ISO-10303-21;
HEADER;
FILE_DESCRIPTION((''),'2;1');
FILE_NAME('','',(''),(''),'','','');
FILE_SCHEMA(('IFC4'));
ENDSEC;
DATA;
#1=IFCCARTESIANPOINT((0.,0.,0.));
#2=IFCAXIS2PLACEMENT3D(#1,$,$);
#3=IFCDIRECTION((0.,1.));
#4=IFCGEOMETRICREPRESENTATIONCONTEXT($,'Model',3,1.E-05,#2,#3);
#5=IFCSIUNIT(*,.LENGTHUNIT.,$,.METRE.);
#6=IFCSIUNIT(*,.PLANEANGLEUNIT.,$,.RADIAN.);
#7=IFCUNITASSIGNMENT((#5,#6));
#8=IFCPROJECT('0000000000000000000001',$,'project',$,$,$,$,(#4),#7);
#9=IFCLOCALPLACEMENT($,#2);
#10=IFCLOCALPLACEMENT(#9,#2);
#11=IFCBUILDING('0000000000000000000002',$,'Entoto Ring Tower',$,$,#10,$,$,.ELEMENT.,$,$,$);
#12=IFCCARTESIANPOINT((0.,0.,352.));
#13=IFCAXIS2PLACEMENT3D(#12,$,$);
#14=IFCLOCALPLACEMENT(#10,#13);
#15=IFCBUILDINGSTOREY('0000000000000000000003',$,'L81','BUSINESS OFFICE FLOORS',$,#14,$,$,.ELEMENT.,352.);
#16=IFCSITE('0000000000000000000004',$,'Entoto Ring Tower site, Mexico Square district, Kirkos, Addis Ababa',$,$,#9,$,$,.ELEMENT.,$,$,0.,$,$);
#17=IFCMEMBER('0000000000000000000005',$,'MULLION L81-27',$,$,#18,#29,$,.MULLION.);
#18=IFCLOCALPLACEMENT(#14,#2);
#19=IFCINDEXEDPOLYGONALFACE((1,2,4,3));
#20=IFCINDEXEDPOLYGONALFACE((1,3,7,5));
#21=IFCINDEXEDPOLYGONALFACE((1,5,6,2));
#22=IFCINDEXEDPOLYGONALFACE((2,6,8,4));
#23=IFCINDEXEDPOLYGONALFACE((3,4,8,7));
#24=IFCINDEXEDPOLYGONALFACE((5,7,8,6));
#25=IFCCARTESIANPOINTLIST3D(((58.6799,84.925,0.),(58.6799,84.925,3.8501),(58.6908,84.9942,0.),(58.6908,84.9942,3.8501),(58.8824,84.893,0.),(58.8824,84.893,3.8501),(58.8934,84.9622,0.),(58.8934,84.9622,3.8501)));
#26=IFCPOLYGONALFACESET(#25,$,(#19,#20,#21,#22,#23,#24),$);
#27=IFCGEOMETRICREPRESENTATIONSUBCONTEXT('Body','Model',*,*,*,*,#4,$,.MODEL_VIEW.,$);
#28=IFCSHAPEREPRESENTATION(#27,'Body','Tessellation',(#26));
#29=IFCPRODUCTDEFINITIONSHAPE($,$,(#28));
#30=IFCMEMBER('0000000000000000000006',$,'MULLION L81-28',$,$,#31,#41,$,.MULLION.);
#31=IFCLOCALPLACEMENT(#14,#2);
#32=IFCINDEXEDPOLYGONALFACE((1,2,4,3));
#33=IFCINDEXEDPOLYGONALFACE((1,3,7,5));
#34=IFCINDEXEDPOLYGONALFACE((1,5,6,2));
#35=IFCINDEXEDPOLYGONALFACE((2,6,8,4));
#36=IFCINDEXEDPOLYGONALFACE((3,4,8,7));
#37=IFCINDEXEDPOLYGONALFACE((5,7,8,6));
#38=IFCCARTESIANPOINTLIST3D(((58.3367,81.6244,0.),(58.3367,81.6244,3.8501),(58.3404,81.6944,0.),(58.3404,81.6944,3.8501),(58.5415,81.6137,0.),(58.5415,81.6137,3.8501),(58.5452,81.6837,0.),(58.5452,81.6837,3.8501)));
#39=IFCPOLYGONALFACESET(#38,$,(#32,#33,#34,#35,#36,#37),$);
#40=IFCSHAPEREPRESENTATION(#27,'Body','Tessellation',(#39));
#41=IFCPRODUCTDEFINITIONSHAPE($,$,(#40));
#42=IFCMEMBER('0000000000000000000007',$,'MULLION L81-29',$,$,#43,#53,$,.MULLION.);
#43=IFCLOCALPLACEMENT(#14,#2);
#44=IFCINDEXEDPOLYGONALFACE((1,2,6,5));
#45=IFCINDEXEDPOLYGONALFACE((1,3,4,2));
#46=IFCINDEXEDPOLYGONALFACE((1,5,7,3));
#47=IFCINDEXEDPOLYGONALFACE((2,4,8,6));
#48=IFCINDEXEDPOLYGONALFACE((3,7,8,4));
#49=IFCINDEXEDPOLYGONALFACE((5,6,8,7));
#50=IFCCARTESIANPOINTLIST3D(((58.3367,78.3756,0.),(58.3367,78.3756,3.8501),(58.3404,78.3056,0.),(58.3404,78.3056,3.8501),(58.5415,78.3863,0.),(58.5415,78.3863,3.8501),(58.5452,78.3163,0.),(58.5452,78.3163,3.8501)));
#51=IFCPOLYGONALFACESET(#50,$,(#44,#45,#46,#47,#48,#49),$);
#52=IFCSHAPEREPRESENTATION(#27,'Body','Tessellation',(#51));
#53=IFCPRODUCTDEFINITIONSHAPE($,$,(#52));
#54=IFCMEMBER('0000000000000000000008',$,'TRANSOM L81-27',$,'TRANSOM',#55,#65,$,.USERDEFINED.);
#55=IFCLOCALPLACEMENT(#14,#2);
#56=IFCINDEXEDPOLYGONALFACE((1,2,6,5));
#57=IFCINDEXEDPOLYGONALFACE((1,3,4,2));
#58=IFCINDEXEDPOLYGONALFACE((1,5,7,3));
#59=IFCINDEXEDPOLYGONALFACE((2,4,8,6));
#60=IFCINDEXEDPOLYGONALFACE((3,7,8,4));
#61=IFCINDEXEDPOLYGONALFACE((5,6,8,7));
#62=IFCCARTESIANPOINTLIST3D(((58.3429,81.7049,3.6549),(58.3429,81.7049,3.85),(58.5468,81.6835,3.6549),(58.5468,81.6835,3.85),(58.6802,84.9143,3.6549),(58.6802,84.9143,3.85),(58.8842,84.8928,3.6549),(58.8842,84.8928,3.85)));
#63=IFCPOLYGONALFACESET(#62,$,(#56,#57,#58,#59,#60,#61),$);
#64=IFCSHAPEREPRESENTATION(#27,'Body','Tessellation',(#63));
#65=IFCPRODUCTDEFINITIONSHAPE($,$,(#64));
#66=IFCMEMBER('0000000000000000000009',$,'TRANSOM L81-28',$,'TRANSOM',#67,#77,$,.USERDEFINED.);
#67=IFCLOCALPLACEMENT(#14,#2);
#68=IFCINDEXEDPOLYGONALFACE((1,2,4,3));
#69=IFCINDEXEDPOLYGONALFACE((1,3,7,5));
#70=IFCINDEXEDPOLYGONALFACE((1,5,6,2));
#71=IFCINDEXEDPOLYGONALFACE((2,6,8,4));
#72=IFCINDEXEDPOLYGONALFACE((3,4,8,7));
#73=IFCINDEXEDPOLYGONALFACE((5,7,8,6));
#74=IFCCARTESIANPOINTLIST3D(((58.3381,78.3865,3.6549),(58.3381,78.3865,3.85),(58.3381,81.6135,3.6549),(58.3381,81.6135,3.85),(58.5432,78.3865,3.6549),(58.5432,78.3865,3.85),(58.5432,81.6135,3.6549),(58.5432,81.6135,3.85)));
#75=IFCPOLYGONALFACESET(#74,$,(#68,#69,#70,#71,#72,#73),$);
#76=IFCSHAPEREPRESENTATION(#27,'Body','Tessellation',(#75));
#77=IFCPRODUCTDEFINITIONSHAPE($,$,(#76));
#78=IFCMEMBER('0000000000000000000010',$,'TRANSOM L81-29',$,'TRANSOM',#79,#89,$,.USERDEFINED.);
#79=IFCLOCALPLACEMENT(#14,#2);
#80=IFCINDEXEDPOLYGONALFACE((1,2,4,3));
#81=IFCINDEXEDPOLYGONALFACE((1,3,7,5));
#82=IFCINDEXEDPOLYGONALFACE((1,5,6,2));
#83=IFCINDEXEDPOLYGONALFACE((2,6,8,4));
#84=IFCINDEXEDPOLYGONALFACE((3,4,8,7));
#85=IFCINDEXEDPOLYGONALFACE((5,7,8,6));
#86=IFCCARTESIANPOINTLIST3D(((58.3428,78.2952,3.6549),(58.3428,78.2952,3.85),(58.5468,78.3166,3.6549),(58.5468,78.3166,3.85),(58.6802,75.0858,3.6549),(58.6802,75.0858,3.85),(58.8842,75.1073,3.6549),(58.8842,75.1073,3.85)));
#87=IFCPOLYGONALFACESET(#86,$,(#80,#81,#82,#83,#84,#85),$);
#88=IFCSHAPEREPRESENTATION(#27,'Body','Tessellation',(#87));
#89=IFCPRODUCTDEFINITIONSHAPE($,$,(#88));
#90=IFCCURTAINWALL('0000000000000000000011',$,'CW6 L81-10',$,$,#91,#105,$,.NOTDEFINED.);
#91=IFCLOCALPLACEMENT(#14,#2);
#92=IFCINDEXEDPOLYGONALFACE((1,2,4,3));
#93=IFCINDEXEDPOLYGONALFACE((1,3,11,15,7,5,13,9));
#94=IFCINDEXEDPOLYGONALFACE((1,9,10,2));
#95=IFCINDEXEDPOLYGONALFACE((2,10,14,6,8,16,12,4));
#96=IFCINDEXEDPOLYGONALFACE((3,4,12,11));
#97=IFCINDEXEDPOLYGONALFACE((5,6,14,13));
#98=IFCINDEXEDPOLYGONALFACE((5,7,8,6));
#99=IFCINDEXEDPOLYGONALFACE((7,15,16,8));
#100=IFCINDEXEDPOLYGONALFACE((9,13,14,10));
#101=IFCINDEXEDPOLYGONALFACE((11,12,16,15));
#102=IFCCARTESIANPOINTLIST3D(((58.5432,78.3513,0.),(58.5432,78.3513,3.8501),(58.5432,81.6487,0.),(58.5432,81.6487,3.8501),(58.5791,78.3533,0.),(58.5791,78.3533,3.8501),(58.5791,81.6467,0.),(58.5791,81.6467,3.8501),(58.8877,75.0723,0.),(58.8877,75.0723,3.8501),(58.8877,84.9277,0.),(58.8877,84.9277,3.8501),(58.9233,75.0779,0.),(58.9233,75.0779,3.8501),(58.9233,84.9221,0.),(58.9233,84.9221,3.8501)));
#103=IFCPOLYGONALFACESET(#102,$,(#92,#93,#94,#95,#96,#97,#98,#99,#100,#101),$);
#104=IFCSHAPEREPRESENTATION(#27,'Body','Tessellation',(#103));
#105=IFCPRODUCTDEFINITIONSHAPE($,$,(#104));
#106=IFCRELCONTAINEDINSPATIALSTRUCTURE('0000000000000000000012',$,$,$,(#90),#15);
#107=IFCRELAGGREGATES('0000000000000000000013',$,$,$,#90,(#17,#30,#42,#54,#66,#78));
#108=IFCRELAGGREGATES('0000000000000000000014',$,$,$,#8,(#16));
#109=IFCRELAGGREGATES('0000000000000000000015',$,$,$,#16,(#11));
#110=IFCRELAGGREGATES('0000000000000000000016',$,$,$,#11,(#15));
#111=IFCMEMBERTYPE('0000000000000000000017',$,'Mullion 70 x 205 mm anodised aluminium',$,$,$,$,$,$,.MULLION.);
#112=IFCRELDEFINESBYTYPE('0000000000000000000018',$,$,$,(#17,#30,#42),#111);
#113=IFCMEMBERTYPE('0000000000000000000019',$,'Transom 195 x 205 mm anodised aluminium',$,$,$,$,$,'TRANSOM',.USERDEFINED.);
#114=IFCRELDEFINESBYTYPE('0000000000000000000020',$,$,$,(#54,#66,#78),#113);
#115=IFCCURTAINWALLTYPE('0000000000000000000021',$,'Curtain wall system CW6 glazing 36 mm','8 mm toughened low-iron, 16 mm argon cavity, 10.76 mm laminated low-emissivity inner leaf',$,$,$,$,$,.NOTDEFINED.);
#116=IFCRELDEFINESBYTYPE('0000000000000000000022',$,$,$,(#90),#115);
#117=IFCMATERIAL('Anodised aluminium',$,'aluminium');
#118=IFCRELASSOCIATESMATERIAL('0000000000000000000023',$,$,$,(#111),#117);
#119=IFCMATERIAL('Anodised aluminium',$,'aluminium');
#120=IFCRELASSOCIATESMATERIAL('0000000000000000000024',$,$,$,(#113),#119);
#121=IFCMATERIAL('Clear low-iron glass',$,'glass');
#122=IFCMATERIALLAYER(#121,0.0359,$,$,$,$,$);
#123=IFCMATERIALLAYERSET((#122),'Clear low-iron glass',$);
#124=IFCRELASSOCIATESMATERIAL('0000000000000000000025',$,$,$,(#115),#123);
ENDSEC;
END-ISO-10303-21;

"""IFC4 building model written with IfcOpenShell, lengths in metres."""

from ifc_helpers import new_model, si_unit, direction, frame, origin, origin_2d, place, context, subcontext, project, spatial, polyline, rectangle, outline, extrude, material, layer, layer_set, material_profile, profile_set, type_object, element, aggregate, save


model = new_model("IFC4")

# Units and contexts
model_context = context("Model", 3, precision=1e-05, world=origin(), true_north=direction((0.0, 1.0)))
body_context = subcontext(model_context, "Body", "Model", "MODEL_VIEW")
ifc_project = project(units=[si_unit("LENGTHUNIT", "METRE"), si_unit("PLANEANGLEUNIT", "RADIAN")], contexts=[model_context])

# Members
ifc_material_1 = material(Name="Anodised aluminium", Category="aluminium")
ifc_material_profile_1 = material_profile(ifc_material_1, rectangle(XDim=0.0701, YDim=0.2051, at=origin_2d()), Name="Mullion 70 x 205 mm anodised aluminium")
ifc_profile_set_1 = profile_set([ifc_material_profile_1], Name="Anodised aluminium")
member_type_1 = type_object("IfcMemberType", Name="Mullion 70 x 205 mm anodised aluminium", PredefinedType="MULLION", material=ifc_profile_set_1)
site_placement = place(None, origin())
building_placement = place(site_placement, origin())
storey_placement = place(building_placement, frame((0.0, 0.0, 352.0)))
member_1_placement = place(storey_placement, frame((58.7866, 84.9436, 0.0), z_axis=(0.0, 0.0, 1.0), x_axis=(-0.156434, -0.987688, 0.0)))
member_1 = element("IfcMember", 1, at=member_1_placement, type_object=member_type_1, Name="MULLION L81-27", PredefinedType="MULLION", context=body_context, shape_type="SweptSolid", body=[
    extrude(rectangle(XDim=0.0701, YDim=0.2051, at=origin_2d()), origin(), (0.0, 0.0, 1.0), 3.8501),
])
member_2_placement = place(storey_placement, frame((58.4409, 81.6541, 0.0), z_axis=(0.0, 0.0, 1.0), x_axis=(-0.052336, -0.99863, 0.0)))
member_2 = element("IfcMember", 2, at=member_2_placement, type_object=member_type_1, Name="MULLION L81-28", PredefinedType="MULLION", context=body_context, shape_type="SweptSolid", body=[
    extrude(rectangle(XDim=0.0701, YDim=0.2051, at=origin_2d()), origin(), (0.0, 0.0, 1.0), 3.8501),
])
member_3_placement = place(storey_placement, frame((58.4409, 78.3459, 0.0), z_axis=(0.0, 0.0, 1.0), x_axis=(0.052336, -0.99863, 0.0)))
member_3 = element("IfcMember", 3, at=member_3_placement, type_object=member_type_1, Name="MULLION L81-29", PredefinedType="MULLION", context=body_context, shape_type="SweptSolid", body=[
    extrude(rectangle(XDim=0.0701, YDim=0.2051, at=origin_2d()), origin(), (0.0, 0.0, 1.0), 3.8501),
])
ifc_material_2 = material(Name="Anodised aluminium", Category="aluminium")
ifc_material_profile_2 = material_profile(ifc_material_2, rectangle(XDim=0.2051, YDim=0.1951, at=origin_2d()), Name="Transom 195 x 205 mm anodised aluminium")
ifc_profile_set_2 = profile_set([ifc_material_profile_2], Name="Anodised aluminium")
member_type_2 = type_object("IfcMemberType", Name="Transom 195 x 205 mm anodised aluminium", ElementType="TRANSOM", PredefinedType="USERDEFINED", material=ifc_profile_set_2)
member_4_placement = place(storey_placement, frame((58.7822, 84.9036, 3.7524), z_axis=(-0.104551, -0.99452, 0.0), x_axis=(0.99452, -0.104551, 0.0)))
member_4 = element("IfcMember", 4, at=member_4_placement, type_object=member_type_2, Name="TRANSOM L81-27", ObjectType="TRANSOM", PredefinedType="USERDEFINED", context=body_context, shape_type="SweptSolid", body=[
    extrude(rectangle(XDim=0.2051, YDim=0.1951, at=origin_2d()), origin(), (0.0, 0.0, 1.0), 3.2271),
])
member_5_placement = place(storey_placement, frame((58.4407, 81.6135, 3.7524), z_axis=(0.0, -1.0, 0.0), x_axis=(1.0, 0.0, 0.0)))
member_5 = element("IfcMember", 5, at=member_5_placement, type_object=member_type_2, Name="TRANSOM L81-28", ObjectType="TRANSOM", PredefinedType="USERDEFINED", context=body_context, shape_type="SweptSolid", body=[
    extrude(rectangle(XDim=0.2051, YDim=0.1951, at=origin_2d()), origin(), (0.0, 0.0, 1.0), 3.2271),
])
member_6_placement = place(storey_placement, frame((58.4448, 78.3059, 3.7524), z_axis=(0.104551, -0.99452, 0.0), x_axis=(0.99452, 0.104551, 0.0)))
member_6 = element("IfcMember", 6, at=member_6_placement, type_object=member_type_2, Name="TRANSOM L81-29", ObjectType="TRANSOM", PredefinedType="USERDEFINED", context=body_context, shape_type="SweptSolid", body=[
    extrude(rectangle(XDim=0.2051, YDim=0.1951, at=origin_2d()), origin(), (0.0, 0.0, 1.0), 3.2271),
])

# Site, building, storey
site = spatial("IfcSite", under=ifc_project, at=site_placement, Name="Entoto Ring Tower site, Mexico Square district, Kirkos, Addis Ababa", CompositionType="ELEMENT", RefElevation=0.0)
building = spatial("IfcBuilding", under=site, at=building_placement, Name="Entoto Ring Tower", CompositionType="ELEMENT")
storey = spatial("IfcBuildingStorey", under=building, at=storey_placement, Name="L81", Description="BUSINESS OFFICE FLOORS", CompositionType="ELEMENT", Elevation=352.0)

# Curtain wall
ifc_material_3 = material(Name="Clear low-iron glass", Category="glass")
ifc_layer = layer(ifc_material_3, 0.0359)
ifc_layer_set = layer_set([ifc_layer], Name="Clear low-iron glass")
curtain_wall_type = type_object("IfcCurtainWallType", Name="Curtain wall system CW6 glazing 36 mm", Description="8 mm toughened low-iron, 16 mm argon cavity, 10.76 mm laminated low-emissivity inner leaf", PredefinedType="NOTDEFINED", material=ifc_layer_set)
curtain_wall_1_placement = place(storey_placement, origin())
curtain_wall_1 = element("IfcCurtainWall", 7, at=curtain_wall_1_placement, inside=storey, type_object=curtain_wall_type, Name="CW6 L81-10", PredefinedType="NOTDEFINED", context=body_context, shape_type="SweptSolid", body=[
    extrude(outline(polyline([(58.8877, 84.9277), (58.5432, 81.6487), (58.5432, 78.3513), (58.8877, 75.0723), (58.9233, 75.0779), (58.5791, 78.3533), (58.5791, 81.6467), (58.9233, 84.9221), (58.8877, 84.9277)])), origin(), (0.0, 0.0, 1.0), 3.8501),
])
aggregate(curtain_wall_1, [member_1, member_2, member_3, member_4, member_5, member_6])

save(model, "model.ifc")
